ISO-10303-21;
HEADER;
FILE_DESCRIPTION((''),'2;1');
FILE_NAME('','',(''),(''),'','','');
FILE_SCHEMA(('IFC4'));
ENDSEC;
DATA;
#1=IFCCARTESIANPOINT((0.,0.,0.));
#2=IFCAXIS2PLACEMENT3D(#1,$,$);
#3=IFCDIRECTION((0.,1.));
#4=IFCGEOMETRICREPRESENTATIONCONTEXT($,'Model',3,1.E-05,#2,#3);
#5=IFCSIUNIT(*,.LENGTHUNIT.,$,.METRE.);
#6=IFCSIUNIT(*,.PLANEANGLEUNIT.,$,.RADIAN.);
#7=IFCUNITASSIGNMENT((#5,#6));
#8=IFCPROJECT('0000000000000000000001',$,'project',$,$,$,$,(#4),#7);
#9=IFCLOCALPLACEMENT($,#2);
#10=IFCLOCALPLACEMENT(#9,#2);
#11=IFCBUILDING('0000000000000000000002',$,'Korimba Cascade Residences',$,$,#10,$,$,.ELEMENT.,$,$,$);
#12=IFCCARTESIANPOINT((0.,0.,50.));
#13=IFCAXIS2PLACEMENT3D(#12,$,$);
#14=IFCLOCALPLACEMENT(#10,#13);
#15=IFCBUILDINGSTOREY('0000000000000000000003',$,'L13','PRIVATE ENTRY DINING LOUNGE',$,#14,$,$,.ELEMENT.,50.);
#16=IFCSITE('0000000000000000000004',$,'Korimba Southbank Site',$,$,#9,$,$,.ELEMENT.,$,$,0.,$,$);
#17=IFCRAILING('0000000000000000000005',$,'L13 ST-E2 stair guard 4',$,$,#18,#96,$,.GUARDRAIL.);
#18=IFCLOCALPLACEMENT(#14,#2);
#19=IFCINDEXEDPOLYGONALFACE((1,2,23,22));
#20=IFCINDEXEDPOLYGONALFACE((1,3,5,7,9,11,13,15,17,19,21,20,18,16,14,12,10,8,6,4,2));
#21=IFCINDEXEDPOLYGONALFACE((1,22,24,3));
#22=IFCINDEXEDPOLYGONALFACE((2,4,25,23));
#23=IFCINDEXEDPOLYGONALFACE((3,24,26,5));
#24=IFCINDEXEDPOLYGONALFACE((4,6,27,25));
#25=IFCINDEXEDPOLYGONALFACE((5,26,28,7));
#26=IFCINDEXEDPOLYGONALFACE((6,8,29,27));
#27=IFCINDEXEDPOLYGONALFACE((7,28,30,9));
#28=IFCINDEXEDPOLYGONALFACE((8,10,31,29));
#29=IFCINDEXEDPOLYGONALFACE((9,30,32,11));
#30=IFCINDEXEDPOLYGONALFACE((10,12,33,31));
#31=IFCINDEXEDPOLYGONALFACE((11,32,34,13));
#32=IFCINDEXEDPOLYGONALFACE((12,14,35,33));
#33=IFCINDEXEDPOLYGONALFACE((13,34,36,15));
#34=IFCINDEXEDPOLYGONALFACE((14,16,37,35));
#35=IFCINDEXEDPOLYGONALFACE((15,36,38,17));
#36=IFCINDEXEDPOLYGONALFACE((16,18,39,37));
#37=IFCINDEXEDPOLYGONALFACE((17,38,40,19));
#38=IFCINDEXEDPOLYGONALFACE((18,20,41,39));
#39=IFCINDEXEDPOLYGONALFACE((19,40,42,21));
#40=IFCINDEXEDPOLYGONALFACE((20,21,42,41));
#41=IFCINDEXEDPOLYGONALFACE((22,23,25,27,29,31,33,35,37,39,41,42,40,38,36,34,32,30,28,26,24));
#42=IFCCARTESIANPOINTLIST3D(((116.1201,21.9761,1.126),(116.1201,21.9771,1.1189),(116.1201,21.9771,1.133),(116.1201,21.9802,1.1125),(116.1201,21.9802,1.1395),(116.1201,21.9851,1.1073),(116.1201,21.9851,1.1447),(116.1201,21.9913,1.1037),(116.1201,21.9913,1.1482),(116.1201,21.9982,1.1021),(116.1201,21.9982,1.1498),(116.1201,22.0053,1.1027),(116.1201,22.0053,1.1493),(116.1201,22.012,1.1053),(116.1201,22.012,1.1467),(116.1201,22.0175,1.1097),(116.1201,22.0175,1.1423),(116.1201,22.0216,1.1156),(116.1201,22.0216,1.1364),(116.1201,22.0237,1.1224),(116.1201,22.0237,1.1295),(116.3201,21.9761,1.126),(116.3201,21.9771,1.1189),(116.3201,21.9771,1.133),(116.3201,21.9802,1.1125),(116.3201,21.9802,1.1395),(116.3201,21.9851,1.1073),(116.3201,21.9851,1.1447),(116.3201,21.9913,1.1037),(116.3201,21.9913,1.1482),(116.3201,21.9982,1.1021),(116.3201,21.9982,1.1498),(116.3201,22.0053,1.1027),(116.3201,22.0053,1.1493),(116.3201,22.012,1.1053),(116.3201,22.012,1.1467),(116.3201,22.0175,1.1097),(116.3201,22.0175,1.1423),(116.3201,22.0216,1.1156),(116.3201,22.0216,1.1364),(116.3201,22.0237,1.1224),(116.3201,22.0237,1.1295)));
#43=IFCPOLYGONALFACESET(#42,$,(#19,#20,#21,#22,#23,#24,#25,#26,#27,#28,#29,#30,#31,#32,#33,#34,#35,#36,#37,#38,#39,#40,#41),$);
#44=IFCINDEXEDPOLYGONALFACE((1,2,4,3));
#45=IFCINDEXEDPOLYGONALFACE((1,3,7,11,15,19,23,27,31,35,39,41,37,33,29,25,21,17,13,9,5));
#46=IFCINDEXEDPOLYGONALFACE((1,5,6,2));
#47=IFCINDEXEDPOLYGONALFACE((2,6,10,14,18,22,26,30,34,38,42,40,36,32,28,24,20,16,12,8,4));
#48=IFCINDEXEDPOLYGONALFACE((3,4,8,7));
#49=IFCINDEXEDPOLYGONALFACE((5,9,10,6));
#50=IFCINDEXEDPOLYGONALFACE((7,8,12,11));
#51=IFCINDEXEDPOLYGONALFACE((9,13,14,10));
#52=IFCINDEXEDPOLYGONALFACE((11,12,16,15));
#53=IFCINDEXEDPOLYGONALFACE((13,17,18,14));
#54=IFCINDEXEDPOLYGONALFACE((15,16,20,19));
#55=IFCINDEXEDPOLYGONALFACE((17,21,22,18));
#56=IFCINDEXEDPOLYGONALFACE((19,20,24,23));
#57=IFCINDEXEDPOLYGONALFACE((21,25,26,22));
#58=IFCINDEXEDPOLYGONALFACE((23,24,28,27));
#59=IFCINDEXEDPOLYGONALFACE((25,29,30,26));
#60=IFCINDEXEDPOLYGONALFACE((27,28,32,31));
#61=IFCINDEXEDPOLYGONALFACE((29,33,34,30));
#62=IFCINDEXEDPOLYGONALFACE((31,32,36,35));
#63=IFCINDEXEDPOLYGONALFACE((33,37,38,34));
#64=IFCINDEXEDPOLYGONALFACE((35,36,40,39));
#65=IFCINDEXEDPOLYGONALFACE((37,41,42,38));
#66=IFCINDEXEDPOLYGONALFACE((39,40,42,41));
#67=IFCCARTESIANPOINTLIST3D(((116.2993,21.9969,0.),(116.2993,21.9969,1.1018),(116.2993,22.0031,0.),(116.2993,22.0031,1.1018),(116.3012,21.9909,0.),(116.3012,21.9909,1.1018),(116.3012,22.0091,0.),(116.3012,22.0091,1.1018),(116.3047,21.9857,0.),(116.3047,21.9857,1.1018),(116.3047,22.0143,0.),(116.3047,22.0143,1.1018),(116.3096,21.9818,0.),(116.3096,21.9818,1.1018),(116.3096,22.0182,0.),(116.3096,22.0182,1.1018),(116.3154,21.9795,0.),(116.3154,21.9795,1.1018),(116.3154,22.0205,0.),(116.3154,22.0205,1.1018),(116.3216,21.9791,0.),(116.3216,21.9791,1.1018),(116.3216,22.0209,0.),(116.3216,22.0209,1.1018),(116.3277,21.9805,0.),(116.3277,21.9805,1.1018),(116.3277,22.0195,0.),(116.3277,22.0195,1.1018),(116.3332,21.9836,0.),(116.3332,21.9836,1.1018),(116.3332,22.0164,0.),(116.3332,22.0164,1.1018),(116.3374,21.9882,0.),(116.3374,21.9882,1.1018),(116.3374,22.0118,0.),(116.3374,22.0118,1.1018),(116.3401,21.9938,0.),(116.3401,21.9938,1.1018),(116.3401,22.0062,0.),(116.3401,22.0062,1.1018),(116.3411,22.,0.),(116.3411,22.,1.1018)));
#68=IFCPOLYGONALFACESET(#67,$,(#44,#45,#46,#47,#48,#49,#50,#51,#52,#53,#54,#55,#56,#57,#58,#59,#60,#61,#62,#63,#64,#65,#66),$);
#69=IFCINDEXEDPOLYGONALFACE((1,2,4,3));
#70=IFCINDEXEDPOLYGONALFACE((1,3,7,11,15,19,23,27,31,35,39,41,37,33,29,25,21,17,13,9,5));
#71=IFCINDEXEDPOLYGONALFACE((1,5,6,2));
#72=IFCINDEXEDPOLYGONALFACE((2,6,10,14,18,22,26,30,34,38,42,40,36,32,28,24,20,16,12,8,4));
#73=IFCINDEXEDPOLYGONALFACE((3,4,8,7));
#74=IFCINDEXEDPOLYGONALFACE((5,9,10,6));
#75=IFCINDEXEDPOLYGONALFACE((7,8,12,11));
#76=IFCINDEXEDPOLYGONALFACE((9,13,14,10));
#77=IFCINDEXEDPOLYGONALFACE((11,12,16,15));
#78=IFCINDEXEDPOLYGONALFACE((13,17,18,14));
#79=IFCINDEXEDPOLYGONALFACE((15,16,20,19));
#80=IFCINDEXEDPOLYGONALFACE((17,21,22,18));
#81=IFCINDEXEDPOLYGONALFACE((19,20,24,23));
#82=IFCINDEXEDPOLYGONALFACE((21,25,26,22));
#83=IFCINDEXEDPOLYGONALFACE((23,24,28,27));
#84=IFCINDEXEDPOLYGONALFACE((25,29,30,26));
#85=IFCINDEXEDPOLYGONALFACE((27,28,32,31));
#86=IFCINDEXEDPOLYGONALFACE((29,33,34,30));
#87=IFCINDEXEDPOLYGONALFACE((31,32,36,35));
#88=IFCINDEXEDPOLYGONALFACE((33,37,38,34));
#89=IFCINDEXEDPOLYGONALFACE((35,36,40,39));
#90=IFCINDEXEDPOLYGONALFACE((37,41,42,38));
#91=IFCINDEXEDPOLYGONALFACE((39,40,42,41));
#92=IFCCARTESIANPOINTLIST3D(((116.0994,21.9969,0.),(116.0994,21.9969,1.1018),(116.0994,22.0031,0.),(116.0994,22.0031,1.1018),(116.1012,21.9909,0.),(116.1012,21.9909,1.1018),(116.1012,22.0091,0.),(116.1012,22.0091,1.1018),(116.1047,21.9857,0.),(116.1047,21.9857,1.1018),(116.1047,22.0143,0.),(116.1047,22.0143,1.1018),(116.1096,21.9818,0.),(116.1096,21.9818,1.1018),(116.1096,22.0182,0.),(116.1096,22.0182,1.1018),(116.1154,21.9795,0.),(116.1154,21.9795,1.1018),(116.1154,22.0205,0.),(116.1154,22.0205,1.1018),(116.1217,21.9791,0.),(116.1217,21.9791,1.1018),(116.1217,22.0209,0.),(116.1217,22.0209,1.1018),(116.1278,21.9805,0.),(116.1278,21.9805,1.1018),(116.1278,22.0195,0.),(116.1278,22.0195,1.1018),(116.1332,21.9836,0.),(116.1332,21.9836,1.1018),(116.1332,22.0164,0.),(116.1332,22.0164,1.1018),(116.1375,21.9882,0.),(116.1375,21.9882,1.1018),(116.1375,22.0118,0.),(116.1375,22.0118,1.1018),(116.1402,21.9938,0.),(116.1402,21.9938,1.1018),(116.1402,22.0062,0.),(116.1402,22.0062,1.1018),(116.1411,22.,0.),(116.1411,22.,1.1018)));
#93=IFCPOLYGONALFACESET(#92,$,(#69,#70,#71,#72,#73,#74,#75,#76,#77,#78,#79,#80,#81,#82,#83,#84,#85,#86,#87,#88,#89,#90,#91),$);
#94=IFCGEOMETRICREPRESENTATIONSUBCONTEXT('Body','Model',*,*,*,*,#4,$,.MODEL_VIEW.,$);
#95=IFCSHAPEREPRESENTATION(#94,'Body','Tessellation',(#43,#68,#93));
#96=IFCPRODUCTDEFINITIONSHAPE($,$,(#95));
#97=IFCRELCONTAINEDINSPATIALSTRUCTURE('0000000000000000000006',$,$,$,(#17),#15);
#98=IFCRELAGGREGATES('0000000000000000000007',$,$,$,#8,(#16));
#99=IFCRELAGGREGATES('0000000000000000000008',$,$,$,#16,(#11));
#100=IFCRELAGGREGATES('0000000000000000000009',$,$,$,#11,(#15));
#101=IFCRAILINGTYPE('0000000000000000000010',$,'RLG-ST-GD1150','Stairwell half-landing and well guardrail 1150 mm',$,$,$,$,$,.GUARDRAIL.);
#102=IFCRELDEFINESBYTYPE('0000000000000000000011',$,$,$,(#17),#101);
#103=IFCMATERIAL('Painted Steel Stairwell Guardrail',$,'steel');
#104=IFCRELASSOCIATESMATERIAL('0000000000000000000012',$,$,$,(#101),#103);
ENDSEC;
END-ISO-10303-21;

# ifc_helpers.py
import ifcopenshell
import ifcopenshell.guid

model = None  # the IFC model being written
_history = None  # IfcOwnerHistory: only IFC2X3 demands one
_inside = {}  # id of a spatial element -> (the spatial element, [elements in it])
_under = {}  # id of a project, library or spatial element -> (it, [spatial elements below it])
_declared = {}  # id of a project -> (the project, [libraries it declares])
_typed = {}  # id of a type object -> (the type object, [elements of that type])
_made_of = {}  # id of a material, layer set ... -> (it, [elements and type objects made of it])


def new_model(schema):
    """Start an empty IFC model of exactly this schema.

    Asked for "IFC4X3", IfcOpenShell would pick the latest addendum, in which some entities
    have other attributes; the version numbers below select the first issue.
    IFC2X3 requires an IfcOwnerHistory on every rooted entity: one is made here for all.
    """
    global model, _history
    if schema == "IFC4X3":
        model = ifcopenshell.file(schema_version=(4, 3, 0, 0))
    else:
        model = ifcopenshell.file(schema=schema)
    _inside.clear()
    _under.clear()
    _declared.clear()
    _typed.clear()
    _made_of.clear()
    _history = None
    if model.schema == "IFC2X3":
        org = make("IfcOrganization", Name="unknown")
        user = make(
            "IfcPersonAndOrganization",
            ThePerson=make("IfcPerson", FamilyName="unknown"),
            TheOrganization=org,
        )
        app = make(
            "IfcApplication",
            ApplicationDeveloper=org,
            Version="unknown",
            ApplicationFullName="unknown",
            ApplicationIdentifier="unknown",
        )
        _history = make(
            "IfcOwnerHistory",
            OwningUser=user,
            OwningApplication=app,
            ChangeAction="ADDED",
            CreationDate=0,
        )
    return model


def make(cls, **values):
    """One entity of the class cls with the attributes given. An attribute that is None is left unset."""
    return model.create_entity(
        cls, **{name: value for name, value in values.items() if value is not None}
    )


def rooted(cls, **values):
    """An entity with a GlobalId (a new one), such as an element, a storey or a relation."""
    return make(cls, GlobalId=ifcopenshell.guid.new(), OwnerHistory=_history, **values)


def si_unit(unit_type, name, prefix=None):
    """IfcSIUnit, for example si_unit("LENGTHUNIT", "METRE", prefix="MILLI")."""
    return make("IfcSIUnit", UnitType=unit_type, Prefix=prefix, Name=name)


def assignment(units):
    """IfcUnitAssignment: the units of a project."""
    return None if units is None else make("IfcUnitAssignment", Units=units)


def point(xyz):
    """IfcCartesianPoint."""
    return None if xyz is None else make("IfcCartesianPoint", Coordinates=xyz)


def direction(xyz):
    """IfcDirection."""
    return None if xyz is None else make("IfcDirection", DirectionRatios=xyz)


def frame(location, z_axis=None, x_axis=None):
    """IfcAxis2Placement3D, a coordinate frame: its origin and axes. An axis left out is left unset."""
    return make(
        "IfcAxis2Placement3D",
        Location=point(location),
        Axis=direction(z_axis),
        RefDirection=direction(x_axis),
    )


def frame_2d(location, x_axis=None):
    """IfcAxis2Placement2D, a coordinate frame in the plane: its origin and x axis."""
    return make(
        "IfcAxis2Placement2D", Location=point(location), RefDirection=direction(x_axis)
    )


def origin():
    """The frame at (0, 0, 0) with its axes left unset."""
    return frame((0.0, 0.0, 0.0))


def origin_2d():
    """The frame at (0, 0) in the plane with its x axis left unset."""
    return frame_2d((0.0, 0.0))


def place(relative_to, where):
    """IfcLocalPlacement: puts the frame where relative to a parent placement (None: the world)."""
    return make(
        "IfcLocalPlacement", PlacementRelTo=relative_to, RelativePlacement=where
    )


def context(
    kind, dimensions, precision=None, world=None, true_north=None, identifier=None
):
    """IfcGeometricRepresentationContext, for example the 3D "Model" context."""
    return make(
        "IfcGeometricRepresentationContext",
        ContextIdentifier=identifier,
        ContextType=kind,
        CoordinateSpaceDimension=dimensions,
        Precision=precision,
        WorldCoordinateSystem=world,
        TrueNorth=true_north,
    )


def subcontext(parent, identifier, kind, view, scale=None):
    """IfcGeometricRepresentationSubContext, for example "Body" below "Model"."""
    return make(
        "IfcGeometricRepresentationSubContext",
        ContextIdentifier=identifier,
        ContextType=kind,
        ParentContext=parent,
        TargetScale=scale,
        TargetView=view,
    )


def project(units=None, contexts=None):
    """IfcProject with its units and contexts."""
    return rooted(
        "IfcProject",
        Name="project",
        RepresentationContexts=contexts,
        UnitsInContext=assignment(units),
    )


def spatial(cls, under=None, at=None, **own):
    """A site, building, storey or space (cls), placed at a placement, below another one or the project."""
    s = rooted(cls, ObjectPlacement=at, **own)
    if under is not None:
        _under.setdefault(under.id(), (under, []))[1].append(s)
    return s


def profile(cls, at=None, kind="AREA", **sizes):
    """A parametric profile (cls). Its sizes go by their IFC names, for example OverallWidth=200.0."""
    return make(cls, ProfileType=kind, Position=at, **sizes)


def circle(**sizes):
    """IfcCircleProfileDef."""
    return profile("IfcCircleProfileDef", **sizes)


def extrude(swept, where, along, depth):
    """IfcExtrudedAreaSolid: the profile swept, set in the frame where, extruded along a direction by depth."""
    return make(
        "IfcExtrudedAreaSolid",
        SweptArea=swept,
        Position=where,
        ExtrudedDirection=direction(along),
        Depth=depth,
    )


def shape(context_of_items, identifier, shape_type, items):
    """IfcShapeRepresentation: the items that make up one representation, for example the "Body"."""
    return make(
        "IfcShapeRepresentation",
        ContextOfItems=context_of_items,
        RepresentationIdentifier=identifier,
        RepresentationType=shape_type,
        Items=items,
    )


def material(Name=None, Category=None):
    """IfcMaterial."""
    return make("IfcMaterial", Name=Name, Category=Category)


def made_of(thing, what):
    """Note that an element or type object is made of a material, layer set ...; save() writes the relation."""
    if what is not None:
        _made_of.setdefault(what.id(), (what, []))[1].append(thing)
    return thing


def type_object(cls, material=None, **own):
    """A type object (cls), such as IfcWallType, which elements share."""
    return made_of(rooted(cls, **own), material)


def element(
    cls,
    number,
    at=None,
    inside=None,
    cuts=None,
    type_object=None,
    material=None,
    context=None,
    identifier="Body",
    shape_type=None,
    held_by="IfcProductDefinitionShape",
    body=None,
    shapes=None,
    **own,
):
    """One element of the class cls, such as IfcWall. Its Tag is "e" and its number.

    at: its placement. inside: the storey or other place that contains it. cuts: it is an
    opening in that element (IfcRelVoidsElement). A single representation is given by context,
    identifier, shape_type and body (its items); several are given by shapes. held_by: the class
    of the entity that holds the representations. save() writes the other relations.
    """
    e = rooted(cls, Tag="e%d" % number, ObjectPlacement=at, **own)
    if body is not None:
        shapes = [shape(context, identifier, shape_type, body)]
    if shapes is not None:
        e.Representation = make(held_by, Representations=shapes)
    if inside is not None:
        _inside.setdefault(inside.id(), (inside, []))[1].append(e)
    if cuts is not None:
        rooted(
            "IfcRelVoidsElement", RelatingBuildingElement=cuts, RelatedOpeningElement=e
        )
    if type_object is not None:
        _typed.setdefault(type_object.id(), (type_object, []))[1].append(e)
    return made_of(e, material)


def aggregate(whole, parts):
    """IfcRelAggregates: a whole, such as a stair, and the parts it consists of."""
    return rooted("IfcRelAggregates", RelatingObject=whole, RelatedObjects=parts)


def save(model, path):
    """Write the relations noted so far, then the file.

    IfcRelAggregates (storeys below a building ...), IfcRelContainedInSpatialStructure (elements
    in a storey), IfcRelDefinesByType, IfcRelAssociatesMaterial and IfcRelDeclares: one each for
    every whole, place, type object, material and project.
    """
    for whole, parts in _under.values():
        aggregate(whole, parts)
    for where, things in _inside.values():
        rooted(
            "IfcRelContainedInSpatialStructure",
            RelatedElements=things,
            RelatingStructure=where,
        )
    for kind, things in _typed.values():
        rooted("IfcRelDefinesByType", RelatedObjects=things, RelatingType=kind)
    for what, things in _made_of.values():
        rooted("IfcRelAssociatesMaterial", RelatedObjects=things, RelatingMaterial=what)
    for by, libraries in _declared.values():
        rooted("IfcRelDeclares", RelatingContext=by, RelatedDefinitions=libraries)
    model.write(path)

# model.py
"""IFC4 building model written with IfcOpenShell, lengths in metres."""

from ifc_helpers import new_model, si_unit, direction, frame, origin, origin_2d, place, context, subcontext, project, spatial, circle, extrude, material, type_object, element, save


model = new_model("IFC4")

# Units and contexts
model_context = context("Model", 3, precision=1e-05, world=origin(), true_north=direction((0.0, 1.0)))
body_context = subcontext(model_context, "Body", "Model", "MODEL_VIEW")
ifc_project = project(units=[si_unit("LENGTHUNIT", "METRE"), si_unit("PLANEANGLEUNIT", "RADIAN")], contexts=[model_context])

# Site, building, storey
site_placement = place(None, origin())
site = spatial("IfcSite", under=ifc_project, at=site_placement, Name="Korimba Southbank Site", CompositionType="ELEMENT", RefElevation=0.0)
building_placement = place(site_placement, origin())
building = spatial("IfcBuilding", under=site, at=building_placement, Name="Korimba Cascade Residences", CompositionType="ELEMENT")
storey_placement = place(building_placement, frame((0.0, 0.0, 50.0)))
storey = spatial("IfcBuildingStorey", under=building, at=storey_placement, Name="L13", Description="PRIVATE ENTRY DINING LOUNGE", CompositionType="ELEMENT", Elevation=50.0)

# Railing
ifc_material_1 = material(Name="Painted Steel Stairwell Guardrail", Category="steel")
railing_type_1 = type_object("IfcRailingType", Name="RLG-ST-GD1150", Description="Stairwell half-landing and well guardrail 1150 mm", PredefinedType="GUARDRAIL", material=ifc_material_1)
railing_1_placement = place(storey_placement, frame((116.3201, 22.0, 0.0)))
element("IfcRailing", 1, at=railing_1_placement, inside=storey, type_object=railing_type_1, Name="L13 ST-E2 stair guard 4", PredefinedType="GUARDRAIL", context=body_context, shape_type="SweptSolid", body=[
    extrude(circle(Radius=0.0239, at=origin_2d()), frame((0.0, 0.0, 1.126), z_axis=(-1.0, 0.0, 0.0), x_axis=(0.0, -1.0, 0.0)), (0.0, 0.0, 1.0), 0.2),
    extrude(circle(Radius=0.021, at=origin_2d()), origin(), (0.0, 0.0, 1.0), 1.1018),
    extrude(circle(Radius=0.021, at=origin_2d()), frame((-0.2, 0.0, 0.0)), (0.0, 0.0, 1.0), 1.1018),
])

save(model, "model.ifc")
